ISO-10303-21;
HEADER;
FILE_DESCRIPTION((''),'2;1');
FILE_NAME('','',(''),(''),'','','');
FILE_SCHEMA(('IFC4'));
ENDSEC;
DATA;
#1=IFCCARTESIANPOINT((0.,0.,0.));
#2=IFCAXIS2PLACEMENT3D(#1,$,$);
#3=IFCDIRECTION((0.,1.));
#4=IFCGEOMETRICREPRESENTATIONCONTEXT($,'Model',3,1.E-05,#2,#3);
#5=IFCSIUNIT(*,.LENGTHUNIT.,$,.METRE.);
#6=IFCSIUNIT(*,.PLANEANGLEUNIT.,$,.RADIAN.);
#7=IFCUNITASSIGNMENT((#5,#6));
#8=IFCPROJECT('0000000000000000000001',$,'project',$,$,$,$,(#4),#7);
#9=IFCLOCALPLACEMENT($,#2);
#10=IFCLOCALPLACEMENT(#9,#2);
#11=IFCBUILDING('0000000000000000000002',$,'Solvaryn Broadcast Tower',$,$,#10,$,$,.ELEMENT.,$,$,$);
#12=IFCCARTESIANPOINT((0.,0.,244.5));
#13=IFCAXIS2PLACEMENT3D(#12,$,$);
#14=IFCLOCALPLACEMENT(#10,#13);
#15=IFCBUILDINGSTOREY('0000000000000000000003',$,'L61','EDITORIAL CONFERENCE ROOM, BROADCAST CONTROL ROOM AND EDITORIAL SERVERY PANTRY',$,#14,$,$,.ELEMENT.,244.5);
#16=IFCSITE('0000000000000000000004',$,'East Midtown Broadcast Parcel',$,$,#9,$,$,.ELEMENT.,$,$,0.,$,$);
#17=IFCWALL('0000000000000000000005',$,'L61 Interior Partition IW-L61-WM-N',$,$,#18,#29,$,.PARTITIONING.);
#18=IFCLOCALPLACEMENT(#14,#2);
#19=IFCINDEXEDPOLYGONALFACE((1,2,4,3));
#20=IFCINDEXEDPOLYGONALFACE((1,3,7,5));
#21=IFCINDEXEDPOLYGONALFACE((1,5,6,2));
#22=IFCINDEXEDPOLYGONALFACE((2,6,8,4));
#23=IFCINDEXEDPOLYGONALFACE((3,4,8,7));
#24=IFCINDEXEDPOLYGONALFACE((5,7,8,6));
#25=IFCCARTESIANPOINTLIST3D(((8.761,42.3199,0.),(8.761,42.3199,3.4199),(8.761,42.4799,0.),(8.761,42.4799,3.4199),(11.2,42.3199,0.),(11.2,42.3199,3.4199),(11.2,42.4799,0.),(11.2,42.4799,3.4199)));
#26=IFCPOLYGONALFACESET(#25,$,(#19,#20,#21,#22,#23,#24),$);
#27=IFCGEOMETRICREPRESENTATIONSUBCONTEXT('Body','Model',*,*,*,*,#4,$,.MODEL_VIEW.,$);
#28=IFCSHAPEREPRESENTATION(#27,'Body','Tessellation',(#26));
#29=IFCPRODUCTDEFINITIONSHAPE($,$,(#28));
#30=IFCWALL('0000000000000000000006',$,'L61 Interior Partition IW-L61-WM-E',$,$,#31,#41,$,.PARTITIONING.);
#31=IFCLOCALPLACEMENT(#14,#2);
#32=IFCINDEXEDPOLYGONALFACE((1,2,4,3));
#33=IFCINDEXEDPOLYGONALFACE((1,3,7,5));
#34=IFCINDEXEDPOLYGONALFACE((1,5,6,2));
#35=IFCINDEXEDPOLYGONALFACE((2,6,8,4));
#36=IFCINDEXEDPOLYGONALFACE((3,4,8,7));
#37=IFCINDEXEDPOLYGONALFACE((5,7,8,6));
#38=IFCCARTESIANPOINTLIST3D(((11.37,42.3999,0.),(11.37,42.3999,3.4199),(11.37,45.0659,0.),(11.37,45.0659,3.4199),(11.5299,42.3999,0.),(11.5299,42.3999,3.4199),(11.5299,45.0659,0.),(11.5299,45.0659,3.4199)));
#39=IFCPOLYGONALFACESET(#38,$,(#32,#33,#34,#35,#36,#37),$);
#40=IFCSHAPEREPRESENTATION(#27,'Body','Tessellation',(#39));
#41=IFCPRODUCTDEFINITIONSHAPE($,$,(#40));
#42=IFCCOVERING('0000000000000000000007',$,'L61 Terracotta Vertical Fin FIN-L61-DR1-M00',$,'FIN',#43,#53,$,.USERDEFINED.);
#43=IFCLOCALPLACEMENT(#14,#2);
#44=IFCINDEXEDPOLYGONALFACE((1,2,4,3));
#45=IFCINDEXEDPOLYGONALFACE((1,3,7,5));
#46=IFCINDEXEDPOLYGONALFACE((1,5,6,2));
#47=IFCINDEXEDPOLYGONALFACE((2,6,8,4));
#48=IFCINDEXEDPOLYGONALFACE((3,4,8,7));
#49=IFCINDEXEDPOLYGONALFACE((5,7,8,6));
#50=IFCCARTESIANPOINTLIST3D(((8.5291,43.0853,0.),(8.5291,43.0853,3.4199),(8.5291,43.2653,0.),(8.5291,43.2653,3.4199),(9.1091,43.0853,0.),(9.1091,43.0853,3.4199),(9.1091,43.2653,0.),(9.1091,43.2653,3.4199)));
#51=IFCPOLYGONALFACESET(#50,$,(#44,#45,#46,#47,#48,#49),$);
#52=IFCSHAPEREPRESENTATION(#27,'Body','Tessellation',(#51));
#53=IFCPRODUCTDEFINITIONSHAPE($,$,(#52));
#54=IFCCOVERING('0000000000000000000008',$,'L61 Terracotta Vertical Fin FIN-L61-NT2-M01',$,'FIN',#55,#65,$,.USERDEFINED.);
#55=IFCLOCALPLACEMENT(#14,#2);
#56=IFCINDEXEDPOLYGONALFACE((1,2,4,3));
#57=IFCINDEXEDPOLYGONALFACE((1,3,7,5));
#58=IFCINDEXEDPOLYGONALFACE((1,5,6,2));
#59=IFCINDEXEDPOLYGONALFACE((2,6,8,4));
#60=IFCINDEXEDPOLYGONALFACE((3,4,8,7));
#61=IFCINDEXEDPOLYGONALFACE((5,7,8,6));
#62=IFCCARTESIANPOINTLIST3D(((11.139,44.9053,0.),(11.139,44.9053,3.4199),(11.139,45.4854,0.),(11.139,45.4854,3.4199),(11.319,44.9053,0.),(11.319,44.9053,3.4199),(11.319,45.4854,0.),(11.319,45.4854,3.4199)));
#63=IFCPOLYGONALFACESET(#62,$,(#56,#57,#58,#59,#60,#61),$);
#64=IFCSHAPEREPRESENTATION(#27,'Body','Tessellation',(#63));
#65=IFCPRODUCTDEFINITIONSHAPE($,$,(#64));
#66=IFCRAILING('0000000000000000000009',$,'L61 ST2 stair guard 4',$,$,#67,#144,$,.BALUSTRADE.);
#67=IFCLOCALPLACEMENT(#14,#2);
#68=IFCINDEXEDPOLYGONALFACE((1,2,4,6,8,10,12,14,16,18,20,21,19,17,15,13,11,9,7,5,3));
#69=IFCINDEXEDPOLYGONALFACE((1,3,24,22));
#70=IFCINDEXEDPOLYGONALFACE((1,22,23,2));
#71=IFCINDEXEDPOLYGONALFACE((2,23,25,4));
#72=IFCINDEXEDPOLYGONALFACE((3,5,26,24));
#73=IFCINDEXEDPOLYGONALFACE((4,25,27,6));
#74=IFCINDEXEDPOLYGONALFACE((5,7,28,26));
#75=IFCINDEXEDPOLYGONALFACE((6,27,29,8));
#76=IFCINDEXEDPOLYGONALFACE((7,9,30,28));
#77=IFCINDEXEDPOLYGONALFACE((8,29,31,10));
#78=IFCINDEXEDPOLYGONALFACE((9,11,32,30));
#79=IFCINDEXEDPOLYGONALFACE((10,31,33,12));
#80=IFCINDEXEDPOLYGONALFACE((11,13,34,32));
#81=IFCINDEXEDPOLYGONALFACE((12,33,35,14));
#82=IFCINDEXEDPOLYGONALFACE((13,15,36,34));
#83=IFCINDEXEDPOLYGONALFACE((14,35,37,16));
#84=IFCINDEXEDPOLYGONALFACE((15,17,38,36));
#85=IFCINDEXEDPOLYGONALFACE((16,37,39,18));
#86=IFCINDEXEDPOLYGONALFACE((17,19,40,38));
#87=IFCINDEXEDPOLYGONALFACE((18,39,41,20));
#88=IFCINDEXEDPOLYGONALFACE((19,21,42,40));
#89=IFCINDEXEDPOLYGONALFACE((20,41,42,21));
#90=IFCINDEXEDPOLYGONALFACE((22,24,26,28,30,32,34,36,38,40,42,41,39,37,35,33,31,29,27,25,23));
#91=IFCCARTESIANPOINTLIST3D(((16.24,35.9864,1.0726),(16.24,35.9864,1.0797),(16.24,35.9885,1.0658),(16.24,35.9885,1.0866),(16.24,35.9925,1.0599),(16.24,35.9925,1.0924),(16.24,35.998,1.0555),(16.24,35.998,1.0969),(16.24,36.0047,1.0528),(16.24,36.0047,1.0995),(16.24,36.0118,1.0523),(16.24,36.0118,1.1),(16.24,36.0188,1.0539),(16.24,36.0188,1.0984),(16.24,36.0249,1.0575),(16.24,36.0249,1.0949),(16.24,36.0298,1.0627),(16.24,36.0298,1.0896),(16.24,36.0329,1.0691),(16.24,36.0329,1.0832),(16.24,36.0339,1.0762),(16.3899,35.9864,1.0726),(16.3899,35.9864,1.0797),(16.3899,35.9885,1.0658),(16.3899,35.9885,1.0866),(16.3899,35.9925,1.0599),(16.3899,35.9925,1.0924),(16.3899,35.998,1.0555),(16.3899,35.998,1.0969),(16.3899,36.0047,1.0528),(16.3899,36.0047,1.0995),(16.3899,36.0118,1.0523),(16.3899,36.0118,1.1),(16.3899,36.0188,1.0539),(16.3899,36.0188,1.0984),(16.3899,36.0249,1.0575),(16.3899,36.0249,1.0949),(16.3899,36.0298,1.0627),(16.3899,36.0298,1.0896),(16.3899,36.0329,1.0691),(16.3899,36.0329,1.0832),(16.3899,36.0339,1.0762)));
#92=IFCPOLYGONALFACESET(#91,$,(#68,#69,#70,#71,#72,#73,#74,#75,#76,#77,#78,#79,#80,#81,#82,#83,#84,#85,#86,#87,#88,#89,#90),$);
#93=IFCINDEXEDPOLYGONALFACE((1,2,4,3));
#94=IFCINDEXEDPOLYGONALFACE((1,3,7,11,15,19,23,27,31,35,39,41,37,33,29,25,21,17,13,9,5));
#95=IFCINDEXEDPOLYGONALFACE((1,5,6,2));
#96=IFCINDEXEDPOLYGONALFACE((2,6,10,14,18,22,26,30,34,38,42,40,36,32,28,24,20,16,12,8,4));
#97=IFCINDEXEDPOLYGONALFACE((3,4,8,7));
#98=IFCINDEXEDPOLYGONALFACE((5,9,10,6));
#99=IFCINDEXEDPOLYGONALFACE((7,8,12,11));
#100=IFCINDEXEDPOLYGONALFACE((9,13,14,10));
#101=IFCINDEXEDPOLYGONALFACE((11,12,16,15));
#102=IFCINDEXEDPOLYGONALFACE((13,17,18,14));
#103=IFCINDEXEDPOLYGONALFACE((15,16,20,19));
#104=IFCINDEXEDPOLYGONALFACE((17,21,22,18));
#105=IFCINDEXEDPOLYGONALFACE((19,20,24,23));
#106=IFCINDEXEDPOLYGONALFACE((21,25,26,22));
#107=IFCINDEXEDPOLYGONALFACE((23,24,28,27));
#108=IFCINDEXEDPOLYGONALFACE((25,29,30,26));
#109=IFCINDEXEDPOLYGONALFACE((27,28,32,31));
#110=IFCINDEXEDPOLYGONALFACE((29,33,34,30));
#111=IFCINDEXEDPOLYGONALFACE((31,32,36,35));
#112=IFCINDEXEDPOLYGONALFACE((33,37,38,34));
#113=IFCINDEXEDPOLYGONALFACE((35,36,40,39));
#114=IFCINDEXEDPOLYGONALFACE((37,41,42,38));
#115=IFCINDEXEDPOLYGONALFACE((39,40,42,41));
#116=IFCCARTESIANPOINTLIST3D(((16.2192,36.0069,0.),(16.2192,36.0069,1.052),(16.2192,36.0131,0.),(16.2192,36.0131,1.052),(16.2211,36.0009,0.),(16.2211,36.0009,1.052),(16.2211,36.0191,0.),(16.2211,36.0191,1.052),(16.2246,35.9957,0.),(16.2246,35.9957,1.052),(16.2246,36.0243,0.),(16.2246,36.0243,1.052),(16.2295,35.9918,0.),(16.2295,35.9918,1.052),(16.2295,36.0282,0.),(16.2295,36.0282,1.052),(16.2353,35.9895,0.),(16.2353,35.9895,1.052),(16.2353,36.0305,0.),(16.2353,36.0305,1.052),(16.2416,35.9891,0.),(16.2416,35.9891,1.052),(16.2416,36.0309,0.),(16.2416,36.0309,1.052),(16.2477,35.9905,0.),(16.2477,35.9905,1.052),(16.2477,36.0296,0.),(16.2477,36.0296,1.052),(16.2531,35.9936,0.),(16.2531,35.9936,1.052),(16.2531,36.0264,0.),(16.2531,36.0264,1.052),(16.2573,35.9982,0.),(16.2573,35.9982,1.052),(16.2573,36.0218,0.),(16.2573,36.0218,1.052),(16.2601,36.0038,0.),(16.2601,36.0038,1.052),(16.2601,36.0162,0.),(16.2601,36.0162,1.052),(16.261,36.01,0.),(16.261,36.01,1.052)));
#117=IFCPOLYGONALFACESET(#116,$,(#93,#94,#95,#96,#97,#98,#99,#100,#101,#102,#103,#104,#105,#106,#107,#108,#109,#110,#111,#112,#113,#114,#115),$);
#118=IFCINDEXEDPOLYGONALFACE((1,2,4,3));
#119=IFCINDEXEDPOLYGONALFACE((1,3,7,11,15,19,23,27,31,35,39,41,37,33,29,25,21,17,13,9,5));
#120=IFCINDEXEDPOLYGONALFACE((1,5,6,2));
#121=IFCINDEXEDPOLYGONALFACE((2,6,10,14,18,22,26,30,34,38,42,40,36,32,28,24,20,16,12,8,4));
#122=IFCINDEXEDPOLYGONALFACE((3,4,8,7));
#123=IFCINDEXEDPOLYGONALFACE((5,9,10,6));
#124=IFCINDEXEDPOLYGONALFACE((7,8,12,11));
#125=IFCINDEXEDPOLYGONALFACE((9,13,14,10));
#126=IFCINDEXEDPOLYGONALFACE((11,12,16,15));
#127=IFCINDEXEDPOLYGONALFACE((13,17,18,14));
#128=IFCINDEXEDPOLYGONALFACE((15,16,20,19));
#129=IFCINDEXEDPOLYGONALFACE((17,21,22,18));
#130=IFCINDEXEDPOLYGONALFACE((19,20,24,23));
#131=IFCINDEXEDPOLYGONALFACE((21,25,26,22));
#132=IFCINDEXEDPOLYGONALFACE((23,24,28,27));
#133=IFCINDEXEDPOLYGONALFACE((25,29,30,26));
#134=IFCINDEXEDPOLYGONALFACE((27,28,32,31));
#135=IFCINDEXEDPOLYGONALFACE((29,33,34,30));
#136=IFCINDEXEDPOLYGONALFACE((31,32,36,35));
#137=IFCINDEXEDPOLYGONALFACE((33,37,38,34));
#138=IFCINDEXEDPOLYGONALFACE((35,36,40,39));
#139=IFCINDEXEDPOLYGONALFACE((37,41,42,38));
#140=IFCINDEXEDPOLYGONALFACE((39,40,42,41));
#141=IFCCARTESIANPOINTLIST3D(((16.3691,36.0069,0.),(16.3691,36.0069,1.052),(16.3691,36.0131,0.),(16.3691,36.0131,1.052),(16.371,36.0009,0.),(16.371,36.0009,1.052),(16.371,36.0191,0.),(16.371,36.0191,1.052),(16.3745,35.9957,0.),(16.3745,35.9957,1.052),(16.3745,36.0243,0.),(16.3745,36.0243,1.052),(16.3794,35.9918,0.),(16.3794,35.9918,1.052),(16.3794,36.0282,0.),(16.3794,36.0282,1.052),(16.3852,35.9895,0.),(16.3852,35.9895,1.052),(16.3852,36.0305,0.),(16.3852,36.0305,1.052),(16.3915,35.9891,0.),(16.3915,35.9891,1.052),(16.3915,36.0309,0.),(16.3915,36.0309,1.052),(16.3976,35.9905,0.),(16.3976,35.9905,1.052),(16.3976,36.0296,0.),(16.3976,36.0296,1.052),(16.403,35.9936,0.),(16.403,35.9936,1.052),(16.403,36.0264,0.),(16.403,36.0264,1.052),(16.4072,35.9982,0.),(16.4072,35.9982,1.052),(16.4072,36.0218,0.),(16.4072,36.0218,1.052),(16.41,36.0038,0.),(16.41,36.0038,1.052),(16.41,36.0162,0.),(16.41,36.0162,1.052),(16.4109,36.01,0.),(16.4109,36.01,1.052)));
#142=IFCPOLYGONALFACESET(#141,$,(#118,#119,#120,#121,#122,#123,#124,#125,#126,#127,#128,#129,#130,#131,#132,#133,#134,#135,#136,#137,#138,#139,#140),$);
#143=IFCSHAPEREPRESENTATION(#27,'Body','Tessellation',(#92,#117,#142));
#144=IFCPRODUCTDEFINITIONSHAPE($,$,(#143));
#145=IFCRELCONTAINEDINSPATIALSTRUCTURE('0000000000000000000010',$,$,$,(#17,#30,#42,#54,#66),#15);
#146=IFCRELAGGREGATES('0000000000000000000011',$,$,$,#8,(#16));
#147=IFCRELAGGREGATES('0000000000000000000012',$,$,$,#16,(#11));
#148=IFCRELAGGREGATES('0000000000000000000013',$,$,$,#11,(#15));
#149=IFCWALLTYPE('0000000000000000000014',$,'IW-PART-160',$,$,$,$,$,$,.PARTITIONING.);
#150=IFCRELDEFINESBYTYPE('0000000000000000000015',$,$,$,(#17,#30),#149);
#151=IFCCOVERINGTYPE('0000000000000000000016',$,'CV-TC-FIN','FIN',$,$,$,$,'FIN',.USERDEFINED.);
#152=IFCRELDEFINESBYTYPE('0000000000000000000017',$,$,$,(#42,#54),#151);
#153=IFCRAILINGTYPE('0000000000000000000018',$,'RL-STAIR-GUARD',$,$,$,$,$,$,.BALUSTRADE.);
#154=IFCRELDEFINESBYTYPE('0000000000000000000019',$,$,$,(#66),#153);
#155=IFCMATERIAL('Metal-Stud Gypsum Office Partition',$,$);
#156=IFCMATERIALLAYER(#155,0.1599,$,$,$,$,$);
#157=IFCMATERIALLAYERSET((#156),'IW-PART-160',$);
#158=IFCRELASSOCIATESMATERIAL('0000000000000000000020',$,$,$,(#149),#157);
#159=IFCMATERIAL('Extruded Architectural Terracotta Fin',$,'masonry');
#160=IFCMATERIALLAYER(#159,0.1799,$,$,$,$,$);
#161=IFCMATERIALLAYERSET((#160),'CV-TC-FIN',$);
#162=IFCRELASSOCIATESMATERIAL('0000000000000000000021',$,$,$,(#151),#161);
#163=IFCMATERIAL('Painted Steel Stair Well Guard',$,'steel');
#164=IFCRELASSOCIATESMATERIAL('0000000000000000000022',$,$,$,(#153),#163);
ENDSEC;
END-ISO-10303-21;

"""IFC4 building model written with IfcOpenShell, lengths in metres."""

from ifc_helpers import new_model, si_unit, direction, frame, frame_2d, origin, origin_2d, place, context, subcontext, project, spatial, rectangle, circle, extrude, material, layer, layer_set, type_object, element, save


model = new_model("IFC4")

# Units and contexts
model_context = context("Model", 3, precision=1e-05, world=origin(), true_north=direction((0.0, 1.0)))
body_context = subcontext(model_context, "Body", "Model", "MODEL_VIEW")
ifc_project = project(units=[si_unit("LENGTHUNIT", "METRE"), si_unit("PLANEANGLEUNIT", "RADIAN")], contexts=[model_context])

# Site, building, storey
site_placement = place(None, origin())
site = spatial("IfcSite", under=ifc_project, at=site_placement, Name="East Midtown Broadcast Parcel", CompositionType="ELEMENT", RefElevation=0.0)
building_placement = place(site_placement, origin())
building = spatial("IfcBuilding", under=site, at=building_placement, Name="Solvaryn Broadcast Tower", CompositionType="ELEMENT")
storey_placement = place(building_placement, frame((0.0, 0.0, 244.5)))
storey = spatial("IfcBuildingStorey", under=building, at=storey_placement, Name="L61", Description="EDITORIAL CONFERENCE ROOM, BROADCAST CONTROL ROOM AND EDITORIAL SERVERY PANTRY", CompositionType="ELEMENT", Elevation=244.5)

# Walls
ifc_material_1 = material(Name="Metal-Stud Gypsum Office Partition")
ifc_layer_1 = layer(ifc_material_1, 0.1599)
ifc_layer_set_1 = layer_set([ifc_layer_1], Name="IW-PART-160")
wall_type_1 = type_object("IfcWallType", Name="IW-PART-160", PredefinedType="PARTITIONING", material=ifc_layer_set_1)
wall_1_placement = place(storey_placement, frame((8.761, 42.3999, 0.0), z_axis=(0.0, 0.0, 1.0), x_axis=(1.0, 0.0, 0.0)))
element("IfcWall", 1, at=wall_1_placement, inside=storey, type_object=wall_type_1, Name="L61 Interior Partition IW-L61-WM-N", PredefinedType="PARTITIONING", context=body_context, shape_type="SweptSolid", body=[
    extrude(rectangle(XDim=2.439, YDim=0.1599, at=frame_2d((1.2195, 0.0))), origin(), (0.0, 0.0, 1.0), 3.4199),
])
wall_2_placement = place(storey_placement, frame((11.45, 42.3999, 0.0), z_axis=(0.0, 0.0, 1.0), x_axis=(0.0, 1.0, 0.0)))
element("IfcWall", 2, at=wall_2_placement, inside=storey, type_object=wall_type_1, Name="L61 Interior Partition IW-L61-WM-E", PredefinedType="PARTITIONING", context=body_context, shape_type="SweptSolid", body=[
    extrude(rectangle(XDim=2.666, YDim=0.1599, at=frame_2d((1.333, 0.0))), origin(), (0.0, 0.0, 1.0), 3.4199),
])

# Coverings
ifc_material_2 = material(Name="Extruded Architectural Terracotta Fin", Category="masonry")
ifc_layer_2 = layer(ifc_material_2, 0.1799)
ifc_layer_set_2 = layer_set([ifc_layer_2], Name="CV-TC-FIN")
covering_type = type_object("IfcCoveringType", Name="CV-TC-FIN", Description="FIN", ElementType="FIN", PredefinedType="USERDEFINED", material=ifc_layer_set_2)
covering_1_placement = place(storey_placement, frame((8.8191, 43.1753, 0.0), z_axis=(0.0, 0.0, 1.0), x_axis=(1.0, 0.0, 0.0)))
element("IfcCovering", 3, at=covering_1_placement, inside=storey, type_object=covering_type, Name="L61 Terracotta Vertical Fin FIN-L61-DR1-M00", ObjectType="FIN", PredefinedType="USERDEFINED", context=body_context, shape_type="SweptSolid", body=[
    extrude(rectangle(XDim=0.5801, YDim=0.1799, at=origin_2d()), origin(), (0.0, 0.0, 1.0), 3.4199),
])
covering_2_placement = place(storey_placement, frame((11.229, 45.1953, 0.0), z_axis=(0.0, 0.0, 1.0), x_axis=(1.0, 0.0, 0.0)))
element("IfcCovering", 4, at=covering_2_placement, inside=storey, type_object=covering_type, Name="L61 Terracotta Vertical Fin FIN-L61-NT2-M01", ObjectType="FIN", PredefinedType="USERDEFINED", context=body_context, shape_type="SweptSolid", body=[
    extrude(rectangle(XDim=0.1799, YDim=0.5801, at=origin_2d()), origin(), (0.0, 0.0, 1.0), 3.4199),
])

# Railing
ifc_material_3 = material(Name="Painted Steel Stair Well Guard", Category="steel")
railing_type_1 = type_object("IfcRailingType", Name="RL-STAIR-GUARD", PredefinedType="BALUSTRADE", material=ifc_material_3)
railing_1_placement = place(storey_placement, frame((16.24, 36.01, 0.0)))
element("IfcRailing", 5, at=railing_1_placement, inside=storey, type_object=railing_type_1, Name="L61 ST2 stair guard 4", PredefinedType="BALUSTRADE", context=body_context, shape_type="SweptSolid", body=[
    extrude(circle(Radius=0.0239, at=origin_2d()), frame((0.0, 0.0, 1.0762), z_axis=(1.0, 0.0, 0.0), x_axis=(0.0, 1.0, 0.0)), (0.0, 0.0, 1.0), 0.1499),
    extrude(circle(Radius=0.021, at=origin_2d()), origin(), (0.0, 0.0, 1.0), 1.052),
    extrude(circle(Radius=0.021, at=origin_2d()), frame((0.1499, 0.0, 0.0)), (0.0, 0.0, 1.0), 1.052),
])

save(model, "model.ifc")
